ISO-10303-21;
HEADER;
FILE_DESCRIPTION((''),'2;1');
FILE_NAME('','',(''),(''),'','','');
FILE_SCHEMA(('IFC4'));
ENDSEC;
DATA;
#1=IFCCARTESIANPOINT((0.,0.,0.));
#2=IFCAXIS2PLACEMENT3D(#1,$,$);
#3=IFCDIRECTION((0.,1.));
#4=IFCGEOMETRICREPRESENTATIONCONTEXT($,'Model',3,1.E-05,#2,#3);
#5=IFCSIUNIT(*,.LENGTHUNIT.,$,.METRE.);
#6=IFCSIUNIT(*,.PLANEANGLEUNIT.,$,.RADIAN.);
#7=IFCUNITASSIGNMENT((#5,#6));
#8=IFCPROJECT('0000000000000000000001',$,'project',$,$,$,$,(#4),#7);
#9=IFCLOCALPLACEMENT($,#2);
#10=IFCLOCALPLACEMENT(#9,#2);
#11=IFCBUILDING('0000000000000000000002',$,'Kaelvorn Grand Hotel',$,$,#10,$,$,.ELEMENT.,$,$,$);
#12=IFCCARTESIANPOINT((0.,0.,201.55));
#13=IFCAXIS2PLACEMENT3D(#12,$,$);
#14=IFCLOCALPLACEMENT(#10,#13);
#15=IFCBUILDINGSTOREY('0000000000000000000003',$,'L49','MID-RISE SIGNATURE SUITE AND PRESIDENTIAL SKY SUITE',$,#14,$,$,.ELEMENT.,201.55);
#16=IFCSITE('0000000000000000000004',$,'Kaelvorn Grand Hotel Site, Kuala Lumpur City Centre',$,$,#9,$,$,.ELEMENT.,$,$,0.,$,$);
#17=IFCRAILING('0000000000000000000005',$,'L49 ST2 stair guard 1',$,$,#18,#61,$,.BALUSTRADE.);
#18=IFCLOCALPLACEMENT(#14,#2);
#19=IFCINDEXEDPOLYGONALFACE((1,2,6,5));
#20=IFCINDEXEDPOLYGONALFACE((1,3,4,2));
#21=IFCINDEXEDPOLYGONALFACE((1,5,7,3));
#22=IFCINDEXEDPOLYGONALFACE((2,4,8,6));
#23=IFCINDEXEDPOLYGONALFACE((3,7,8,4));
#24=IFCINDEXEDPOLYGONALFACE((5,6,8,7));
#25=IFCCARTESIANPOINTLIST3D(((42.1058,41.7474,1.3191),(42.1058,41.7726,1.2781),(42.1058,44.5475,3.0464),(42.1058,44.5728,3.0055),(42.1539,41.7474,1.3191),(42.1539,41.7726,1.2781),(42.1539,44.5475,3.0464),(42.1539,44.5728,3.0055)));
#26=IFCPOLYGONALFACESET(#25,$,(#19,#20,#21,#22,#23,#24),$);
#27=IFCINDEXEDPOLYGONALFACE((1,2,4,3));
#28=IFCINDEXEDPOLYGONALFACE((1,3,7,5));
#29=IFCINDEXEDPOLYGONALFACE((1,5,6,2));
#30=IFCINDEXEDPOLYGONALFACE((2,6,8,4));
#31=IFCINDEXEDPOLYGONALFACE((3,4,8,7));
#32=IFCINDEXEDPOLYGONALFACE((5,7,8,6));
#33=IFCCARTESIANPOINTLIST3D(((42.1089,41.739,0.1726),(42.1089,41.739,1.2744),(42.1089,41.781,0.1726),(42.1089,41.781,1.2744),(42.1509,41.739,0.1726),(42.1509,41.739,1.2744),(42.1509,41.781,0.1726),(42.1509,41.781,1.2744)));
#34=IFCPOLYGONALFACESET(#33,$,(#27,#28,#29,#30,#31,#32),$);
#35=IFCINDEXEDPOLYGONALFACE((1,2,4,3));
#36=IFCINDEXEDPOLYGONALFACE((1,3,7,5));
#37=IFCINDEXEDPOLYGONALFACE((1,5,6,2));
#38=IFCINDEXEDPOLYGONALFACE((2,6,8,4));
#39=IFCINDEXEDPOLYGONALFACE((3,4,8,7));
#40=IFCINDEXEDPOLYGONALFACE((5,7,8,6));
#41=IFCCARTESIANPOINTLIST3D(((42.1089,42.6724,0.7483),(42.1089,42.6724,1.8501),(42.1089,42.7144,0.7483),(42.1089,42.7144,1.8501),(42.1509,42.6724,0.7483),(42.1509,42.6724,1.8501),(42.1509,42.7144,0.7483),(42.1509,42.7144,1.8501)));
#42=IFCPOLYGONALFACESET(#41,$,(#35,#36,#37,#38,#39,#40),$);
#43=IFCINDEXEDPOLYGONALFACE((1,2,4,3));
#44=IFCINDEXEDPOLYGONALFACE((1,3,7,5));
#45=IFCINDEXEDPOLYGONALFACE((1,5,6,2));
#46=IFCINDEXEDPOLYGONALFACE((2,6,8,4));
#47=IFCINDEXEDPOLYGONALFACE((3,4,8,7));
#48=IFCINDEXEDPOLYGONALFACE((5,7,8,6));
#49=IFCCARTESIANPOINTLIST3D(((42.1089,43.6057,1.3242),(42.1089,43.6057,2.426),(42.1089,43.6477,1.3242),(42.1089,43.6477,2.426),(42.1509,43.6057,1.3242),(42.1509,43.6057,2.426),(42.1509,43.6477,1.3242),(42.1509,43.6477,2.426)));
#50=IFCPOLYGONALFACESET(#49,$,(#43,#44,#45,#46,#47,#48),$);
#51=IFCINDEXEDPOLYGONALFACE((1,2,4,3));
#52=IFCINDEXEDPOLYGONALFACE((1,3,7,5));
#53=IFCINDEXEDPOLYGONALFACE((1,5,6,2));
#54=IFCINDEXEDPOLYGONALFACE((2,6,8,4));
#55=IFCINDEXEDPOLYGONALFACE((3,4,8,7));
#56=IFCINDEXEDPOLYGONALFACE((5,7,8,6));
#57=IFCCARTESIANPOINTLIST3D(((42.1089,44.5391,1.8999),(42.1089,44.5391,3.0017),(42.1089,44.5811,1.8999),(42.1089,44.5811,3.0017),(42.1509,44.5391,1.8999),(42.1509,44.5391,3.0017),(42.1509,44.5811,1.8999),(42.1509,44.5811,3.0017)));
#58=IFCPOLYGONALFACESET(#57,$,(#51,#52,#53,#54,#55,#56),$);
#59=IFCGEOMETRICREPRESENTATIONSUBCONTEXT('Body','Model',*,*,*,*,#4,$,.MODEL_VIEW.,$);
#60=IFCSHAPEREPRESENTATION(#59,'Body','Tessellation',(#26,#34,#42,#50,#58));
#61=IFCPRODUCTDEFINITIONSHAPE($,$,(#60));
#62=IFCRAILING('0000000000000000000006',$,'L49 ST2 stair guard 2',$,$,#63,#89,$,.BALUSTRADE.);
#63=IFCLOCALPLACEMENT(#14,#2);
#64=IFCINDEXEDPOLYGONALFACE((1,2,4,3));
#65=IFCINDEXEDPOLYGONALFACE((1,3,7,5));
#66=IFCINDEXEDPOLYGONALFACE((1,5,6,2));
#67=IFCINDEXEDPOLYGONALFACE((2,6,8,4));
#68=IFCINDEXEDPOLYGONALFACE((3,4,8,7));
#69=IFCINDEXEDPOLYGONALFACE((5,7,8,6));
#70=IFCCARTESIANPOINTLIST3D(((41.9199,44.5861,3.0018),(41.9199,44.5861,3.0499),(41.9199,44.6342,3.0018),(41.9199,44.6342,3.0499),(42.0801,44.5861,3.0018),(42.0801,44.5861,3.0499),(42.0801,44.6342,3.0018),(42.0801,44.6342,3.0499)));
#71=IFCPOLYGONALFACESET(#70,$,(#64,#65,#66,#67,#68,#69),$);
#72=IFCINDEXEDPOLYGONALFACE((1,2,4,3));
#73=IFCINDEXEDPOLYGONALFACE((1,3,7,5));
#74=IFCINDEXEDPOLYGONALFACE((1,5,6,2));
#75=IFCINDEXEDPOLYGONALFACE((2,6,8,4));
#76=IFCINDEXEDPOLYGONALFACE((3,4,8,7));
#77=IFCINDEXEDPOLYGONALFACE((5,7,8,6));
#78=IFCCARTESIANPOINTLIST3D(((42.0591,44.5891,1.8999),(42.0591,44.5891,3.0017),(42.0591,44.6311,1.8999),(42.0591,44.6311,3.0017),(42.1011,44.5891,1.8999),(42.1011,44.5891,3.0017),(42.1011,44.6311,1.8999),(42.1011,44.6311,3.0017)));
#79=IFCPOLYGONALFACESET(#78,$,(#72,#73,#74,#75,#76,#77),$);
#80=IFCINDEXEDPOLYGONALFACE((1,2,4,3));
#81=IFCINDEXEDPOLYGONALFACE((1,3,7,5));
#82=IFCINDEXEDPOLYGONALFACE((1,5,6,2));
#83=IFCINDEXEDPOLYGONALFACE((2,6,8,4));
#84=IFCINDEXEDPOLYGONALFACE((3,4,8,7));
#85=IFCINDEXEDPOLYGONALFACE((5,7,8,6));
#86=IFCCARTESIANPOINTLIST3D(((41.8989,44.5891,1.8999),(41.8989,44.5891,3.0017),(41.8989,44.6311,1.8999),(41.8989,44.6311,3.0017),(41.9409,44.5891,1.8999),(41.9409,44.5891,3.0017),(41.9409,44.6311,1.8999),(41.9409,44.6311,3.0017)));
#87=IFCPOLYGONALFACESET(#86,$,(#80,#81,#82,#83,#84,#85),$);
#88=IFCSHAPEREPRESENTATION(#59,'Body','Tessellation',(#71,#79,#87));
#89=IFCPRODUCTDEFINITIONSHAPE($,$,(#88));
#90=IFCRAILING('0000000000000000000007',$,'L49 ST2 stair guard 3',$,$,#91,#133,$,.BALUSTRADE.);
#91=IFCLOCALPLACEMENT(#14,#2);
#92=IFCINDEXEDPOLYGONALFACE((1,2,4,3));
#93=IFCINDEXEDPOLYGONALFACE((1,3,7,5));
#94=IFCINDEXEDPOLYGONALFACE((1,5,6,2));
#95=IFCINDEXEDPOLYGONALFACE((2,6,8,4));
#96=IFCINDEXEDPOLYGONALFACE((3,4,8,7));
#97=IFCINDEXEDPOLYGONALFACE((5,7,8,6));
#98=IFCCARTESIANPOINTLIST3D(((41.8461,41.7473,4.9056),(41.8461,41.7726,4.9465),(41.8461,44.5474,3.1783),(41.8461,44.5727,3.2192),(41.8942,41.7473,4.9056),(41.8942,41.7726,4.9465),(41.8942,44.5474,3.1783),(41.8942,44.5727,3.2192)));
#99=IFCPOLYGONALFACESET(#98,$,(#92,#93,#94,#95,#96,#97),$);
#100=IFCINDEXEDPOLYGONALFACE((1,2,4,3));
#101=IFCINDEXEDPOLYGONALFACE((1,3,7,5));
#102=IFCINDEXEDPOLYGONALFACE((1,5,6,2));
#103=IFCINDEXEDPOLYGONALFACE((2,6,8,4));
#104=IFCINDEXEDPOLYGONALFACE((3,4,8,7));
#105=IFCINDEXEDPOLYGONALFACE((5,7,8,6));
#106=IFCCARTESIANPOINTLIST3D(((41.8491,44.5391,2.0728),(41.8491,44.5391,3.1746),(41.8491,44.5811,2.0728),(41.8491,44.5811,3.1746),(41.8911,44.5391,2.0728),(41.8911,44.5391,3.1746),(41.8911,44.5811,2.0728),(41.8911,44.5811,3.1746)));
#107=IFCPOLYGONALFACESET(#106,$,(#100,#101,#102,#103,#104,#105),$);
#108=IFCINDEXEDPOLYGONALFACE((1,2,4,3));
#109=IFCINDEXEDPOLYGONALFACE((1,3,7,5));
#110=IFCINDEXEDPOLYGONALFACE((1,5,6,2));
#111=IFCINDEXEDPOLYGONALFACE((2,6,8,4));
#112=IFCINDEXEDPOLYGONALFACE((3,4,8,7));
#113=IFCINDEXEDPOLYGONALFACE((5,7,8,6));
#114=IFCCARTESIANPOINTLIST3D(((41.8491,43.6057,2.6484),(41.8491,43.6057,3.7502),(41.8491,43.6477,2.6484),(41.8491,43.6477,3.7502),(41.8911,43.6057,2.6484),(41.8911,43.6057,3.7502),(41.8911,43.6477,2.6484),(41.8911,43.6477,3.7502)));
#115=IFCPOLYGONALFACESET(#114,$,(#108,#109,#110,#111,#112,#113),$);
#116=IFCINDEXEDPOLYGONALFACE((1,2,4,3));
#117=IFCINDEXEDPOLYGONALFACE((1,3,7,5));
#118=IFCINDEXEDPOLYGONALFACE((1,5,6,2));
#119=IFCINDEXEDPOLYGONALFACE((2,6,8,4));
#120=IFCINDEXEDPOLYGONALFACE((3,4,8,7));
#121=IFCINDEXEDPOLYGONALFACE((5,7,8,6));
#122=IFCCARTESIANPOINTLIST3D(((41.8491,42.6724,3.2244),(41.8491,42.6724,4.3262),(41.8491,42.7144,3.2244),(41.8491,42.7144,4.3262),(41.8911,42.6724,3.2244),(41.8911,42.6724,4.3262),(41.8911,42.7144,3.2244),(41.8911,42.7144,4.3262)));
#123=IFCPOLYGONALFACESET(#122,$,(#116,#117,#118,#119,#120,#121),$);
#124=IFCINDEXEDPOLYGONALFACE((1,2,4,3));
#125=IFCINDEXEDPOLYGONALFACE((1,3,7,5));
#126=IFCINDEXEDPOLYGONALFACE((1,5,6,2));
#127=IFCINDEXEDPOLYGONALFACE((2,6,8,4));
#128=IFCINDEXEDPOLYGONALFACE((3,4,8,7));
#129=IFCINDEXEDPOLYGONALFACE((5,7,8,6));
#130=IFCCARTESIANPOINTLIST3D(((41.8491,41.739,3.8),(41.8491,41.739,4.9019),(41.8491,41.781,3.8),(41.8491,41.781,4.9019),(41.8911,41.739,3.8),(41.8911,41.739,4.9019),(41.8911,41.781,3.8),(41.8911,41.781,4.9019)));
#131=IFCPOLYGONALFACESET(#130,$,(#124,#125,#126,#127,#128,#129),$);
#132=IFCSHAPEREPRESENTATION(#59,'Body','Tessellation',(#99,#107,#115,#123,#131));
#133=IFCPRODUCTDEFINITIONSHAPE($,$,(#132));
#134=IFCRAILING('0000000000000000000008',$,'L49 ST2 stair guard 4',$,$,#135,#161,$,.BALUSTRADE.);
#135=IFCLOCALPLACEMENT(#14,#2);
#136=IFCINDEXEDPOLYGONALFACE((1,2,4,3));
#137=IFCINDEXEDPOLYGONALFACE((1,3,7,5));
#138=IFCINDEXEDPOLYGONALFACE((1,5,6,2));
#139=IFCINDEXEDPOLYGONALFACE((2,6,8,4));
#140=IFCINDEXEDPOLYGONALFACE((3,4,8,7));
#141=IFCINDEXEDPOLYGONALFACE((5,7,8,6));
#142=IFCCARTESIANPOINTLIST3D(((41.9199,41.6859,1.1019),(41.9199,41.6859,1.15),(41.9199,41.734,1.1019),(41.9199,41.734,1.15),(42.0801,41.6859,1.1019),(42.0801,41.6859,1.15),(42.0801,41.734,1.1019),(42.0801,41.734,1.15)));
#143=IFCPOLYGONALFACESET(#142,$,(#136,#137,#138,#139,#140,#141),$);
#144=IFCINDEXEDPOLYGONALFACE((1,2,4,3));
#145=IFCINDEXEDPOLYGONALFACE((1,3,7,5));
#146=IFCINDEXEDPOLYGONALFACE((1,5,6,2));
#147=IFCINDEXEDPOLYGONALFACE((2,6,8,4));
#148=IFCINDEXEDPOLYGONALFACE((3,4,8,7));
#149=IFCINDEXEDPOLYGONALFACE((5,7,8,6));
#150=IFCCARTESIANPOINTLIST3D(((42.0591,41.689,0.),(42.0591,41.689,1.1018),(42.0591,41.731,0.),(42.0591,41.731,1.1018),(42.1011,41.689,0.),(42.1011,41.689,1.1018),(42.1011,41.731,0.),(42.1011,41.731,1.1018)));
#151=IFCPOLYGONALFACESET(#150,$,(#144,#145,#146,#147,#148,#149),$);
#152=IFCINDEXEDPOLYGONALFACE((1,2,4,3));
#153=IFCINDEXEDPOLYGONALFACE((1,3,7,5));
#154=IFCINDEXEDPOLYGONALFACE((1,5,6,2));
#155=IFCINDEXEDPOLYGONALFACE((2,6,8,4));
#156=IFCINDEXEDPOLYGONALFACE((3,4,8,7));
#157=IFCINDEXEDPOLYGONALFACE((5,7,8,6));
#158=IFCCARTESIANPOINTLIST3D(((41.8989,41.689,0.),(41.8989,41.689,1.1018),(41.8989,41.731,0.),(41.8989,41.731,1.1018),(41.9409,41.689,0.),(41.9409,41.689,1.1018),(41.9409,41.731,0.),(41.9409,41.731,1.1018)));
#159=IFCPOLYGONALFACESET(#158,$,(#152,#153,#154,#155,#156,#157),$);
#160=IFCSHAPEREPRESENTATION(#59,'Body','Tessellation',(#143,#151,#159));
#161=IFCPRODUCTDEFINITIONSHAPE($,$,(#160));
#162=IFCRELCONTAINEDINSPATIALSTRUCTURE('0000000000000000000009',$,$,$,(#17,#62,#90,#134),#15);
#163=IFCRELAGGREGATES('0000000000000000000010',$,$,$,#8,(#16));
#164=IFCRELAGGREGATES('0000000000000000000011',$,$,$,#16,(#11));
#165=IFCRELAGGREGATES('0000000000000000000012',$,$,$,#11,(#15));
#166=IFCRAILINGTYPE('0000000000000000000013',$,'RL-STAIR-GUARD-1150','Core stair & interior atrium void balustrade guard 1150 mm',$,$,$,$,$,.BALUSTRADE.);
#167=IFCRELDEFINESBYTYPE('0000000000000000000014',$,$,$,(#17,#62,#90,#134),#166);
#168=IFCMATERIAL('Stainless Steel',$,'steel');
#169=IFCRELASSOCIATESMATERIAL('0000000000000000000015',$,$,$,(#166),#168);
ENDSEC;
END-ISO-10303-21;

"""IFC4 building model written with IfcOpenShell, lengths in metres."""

from ifc_helpers import new_model, si_unit, direction, frame, origin, origin_2d, place, context, subcontext, project, spatial, rectangle, extrude, material, type_object, element, save


model = new_model("IFC4")

# Units and contexts
model_context = context("Model", 3, precision=1e-05, world=origin(), true_north=direction((0.0, 1.0)))
body_context = subcontext(model_context, "Body", "Model", "MODEL_VIEW")
ifc_project = project(units=[si_unit("LENGTHUNIT", "METRE"), si_unit("PLANEANGLEUNIT", "RADIAN")], contexts=[model_context])

# Site, building, storey
site_placement = place(None, origin())
site = spatial("IfcSite", under=ifc_project, at=site_placement, Name="Kaelvorn Grand Hotel Site, Kuala Lumpur City Centre", CompositionType="ELEMENT", RefElevation=0.0)
building_placement = place(site_placement, origin())
building = spatial("IfcBuilding", under=site, at=building_placement, Name="Kaelvorn Grand Hotel", CompositionType="ELEMENT")
storey_placement = place(building_placement, frame((0.0, 0.0, 201.55)))
storey = spatial("IfcBuildingStorey", under=building, at=storey_placement, Name="L49", Description="MID-RISE SIGNATURE SUITE AND PRESIDENTIAL SKY SUITE", CompositionType="ELEMENT", Elevation=201.55)

# Railings
ifc_material_1 = material(Name="Stainless Steel", Category="steel")
railing_type_1 = type_object("IfcRailingType", Name="RL-STAIR-GUARD-1150", Description="Core stair & interior atrium void balustrade guard 1150 mm", PredefinedType="BALUSTRADE", material=ifc_material_1)
railing_1_placement = place(storey_placement, frame((42.1299, 41.76, 0.1726)))
element("IfcRailing", 1, at=railing_1_placement, inside=storey, type_object=railing_type_1, Name="L49 ST2 stair guard 1", PredefinedType="BALUSTRADE", context=body_context, shape_type="SweptSolid", body=[
    extrude(rectangle(XDim=0.0481, YDim=0.0481, at=origin_2d()), frame((0.0, 0.0, 1.126), z_axis=(0.0, 0.85109, 0.52502), x_axis=(-1.0, 0.0, 0.0)), (0.0, 0.0, 1.0), 3.29),
    extrude(rectangle(XDim=0.042, YDim=0.042, at=origin_2d()), origin(), (0.0, 0.0, 1.0), 1.1018),
    extrude(rectangle(XDim=0.042, YDim=0.042, at=origin_2d()), frame((0.0, 0.9333, 0.5757)), (0.0, 0.0, 1.0), 1.1018),
    extrude(rectangle(XDim=0.042, YDim=0.042, at=origin_2d()), frame((0.0, 1.8667, 1.1516)), (0.0, 0.0, 1.0), 1.1018),
    extrude(rectangle(XDim=0.042, YDim=0.042, at=origin_2d()), frame((0.0, 2.8, 1.7273)), (0.0, 0.0, 1.0), 1.1018),
])
railing_2_placement = place(storey_placement, frame((42.0801, 44.6101, 1.8999)))
element("IfcRailing", 2, at=railing_2_placement, inside=storey, type_object=railing_type_1, Name="L49 ST2 stair guard 2", PredefinedType="BALUSTRADE", context=body_context, shape_type="SweptSolid", body=[
    extrude(rectangle(XDim=0.0481, YDim=0.0481, at=origin_2d()), frame((0.0, 0.0, 1.126), z_axis=(-1.0, 0.0, 0.0), x_axis=(0.0, -1.0, 0.0)), (0.0, 0.0, 1.0), 0.1602),
    extrude(rectangle(XDim=0.042, YDim=0.042, at=origin_2d()), origin(), (0.0, 0.0, 1.0), 1.1018),
    extrude(rectangle(XDim=0.042, YDim=0.042, at=origin_2d()), frame((-0.1602, 0.0, 0.0)), (0.0, 0.0, 1.0), 1.1018),
])
railing_3_placement = place(storey_placement, frame((41.8701, 44.5601, 2.0728)))
element("IfcRailing", 3, at=railing_3_placement, inside=storey, type_object=railing_type_1, Name="L49 ST2 stair guard 3", PredefinedType="BALUSTRADE", context=body_context, shape_type="SweptSolid", body=[
    extrude(rectangle(XDim=0.0481, YDim=0.0481, at=origin_2d()), frame((0.0, 0.0, 1.126), z_axis=(0.0, -0.85109, 0.52502), x_axis=(1.0, 0.0, 0.0)), (0.0, 0.0, 1.0), 3.29),
    extrude(rectangle(XDim=0.042, YDim=0.042, at=origin_2d()), origin(), (0.0, 0.0, 1.0), 1.1018),
    extrude(rectangle(XDim=0.042, YDim=0.042, at=origin_2d()), frame((0.0, -0.9333, 0.5757)), (0.0, 0.0, 1.0), 1.1018),
    extrude(rectangle(XDim=0.042, YDim=0.042, at=origin_2d()), frame((0.0, -1.8667, 1.1516)), (0.0, 0.0, 1.0), 1.1018),
    extrude(rectangle(XDim=0.042, YDim=0.042, at=origin_2d()), frame((0.0, -2.8, 1.7273)), (0.0, 0.0, 1.0), 1.1018),
])
railing_4_placement = place(storey_placement, frame((42.0801, 41.71, 0.0)))
element("IfcRailing", 4, at=railing_4_placement, inside=storey, type_object=railing_type_1, Name="L49 ST2 stair guard 4", PredefinedType="BALUSTRADE", context=body_context, shape_type="SweptSolid", body=[
    extrude(rectangle(XDim=0.0481, YDim=0.0481, at=origin_2d()), frame((0.0, 0.0, 1.126), z_axis=(-1.0, 0.0, 0.0), x_axis=(0.0, -1.0, 0.0)), (0.0, 0.0, 1.0), 0.1602),
    extrude(rectangle(XDim=0.042, YDim=0.042, at=origin_2d()), origin(), (0.0, 0.0, 1.0), 1.1018),
    extrude(rectangle(XDim=0.042, YDim=0.042, at=origin_2d()), frame((-0.1602, 0.0, 0.0)), (0.0, 0.0, 1.0), 1.1018),
])

save(model, "model.ifc")
